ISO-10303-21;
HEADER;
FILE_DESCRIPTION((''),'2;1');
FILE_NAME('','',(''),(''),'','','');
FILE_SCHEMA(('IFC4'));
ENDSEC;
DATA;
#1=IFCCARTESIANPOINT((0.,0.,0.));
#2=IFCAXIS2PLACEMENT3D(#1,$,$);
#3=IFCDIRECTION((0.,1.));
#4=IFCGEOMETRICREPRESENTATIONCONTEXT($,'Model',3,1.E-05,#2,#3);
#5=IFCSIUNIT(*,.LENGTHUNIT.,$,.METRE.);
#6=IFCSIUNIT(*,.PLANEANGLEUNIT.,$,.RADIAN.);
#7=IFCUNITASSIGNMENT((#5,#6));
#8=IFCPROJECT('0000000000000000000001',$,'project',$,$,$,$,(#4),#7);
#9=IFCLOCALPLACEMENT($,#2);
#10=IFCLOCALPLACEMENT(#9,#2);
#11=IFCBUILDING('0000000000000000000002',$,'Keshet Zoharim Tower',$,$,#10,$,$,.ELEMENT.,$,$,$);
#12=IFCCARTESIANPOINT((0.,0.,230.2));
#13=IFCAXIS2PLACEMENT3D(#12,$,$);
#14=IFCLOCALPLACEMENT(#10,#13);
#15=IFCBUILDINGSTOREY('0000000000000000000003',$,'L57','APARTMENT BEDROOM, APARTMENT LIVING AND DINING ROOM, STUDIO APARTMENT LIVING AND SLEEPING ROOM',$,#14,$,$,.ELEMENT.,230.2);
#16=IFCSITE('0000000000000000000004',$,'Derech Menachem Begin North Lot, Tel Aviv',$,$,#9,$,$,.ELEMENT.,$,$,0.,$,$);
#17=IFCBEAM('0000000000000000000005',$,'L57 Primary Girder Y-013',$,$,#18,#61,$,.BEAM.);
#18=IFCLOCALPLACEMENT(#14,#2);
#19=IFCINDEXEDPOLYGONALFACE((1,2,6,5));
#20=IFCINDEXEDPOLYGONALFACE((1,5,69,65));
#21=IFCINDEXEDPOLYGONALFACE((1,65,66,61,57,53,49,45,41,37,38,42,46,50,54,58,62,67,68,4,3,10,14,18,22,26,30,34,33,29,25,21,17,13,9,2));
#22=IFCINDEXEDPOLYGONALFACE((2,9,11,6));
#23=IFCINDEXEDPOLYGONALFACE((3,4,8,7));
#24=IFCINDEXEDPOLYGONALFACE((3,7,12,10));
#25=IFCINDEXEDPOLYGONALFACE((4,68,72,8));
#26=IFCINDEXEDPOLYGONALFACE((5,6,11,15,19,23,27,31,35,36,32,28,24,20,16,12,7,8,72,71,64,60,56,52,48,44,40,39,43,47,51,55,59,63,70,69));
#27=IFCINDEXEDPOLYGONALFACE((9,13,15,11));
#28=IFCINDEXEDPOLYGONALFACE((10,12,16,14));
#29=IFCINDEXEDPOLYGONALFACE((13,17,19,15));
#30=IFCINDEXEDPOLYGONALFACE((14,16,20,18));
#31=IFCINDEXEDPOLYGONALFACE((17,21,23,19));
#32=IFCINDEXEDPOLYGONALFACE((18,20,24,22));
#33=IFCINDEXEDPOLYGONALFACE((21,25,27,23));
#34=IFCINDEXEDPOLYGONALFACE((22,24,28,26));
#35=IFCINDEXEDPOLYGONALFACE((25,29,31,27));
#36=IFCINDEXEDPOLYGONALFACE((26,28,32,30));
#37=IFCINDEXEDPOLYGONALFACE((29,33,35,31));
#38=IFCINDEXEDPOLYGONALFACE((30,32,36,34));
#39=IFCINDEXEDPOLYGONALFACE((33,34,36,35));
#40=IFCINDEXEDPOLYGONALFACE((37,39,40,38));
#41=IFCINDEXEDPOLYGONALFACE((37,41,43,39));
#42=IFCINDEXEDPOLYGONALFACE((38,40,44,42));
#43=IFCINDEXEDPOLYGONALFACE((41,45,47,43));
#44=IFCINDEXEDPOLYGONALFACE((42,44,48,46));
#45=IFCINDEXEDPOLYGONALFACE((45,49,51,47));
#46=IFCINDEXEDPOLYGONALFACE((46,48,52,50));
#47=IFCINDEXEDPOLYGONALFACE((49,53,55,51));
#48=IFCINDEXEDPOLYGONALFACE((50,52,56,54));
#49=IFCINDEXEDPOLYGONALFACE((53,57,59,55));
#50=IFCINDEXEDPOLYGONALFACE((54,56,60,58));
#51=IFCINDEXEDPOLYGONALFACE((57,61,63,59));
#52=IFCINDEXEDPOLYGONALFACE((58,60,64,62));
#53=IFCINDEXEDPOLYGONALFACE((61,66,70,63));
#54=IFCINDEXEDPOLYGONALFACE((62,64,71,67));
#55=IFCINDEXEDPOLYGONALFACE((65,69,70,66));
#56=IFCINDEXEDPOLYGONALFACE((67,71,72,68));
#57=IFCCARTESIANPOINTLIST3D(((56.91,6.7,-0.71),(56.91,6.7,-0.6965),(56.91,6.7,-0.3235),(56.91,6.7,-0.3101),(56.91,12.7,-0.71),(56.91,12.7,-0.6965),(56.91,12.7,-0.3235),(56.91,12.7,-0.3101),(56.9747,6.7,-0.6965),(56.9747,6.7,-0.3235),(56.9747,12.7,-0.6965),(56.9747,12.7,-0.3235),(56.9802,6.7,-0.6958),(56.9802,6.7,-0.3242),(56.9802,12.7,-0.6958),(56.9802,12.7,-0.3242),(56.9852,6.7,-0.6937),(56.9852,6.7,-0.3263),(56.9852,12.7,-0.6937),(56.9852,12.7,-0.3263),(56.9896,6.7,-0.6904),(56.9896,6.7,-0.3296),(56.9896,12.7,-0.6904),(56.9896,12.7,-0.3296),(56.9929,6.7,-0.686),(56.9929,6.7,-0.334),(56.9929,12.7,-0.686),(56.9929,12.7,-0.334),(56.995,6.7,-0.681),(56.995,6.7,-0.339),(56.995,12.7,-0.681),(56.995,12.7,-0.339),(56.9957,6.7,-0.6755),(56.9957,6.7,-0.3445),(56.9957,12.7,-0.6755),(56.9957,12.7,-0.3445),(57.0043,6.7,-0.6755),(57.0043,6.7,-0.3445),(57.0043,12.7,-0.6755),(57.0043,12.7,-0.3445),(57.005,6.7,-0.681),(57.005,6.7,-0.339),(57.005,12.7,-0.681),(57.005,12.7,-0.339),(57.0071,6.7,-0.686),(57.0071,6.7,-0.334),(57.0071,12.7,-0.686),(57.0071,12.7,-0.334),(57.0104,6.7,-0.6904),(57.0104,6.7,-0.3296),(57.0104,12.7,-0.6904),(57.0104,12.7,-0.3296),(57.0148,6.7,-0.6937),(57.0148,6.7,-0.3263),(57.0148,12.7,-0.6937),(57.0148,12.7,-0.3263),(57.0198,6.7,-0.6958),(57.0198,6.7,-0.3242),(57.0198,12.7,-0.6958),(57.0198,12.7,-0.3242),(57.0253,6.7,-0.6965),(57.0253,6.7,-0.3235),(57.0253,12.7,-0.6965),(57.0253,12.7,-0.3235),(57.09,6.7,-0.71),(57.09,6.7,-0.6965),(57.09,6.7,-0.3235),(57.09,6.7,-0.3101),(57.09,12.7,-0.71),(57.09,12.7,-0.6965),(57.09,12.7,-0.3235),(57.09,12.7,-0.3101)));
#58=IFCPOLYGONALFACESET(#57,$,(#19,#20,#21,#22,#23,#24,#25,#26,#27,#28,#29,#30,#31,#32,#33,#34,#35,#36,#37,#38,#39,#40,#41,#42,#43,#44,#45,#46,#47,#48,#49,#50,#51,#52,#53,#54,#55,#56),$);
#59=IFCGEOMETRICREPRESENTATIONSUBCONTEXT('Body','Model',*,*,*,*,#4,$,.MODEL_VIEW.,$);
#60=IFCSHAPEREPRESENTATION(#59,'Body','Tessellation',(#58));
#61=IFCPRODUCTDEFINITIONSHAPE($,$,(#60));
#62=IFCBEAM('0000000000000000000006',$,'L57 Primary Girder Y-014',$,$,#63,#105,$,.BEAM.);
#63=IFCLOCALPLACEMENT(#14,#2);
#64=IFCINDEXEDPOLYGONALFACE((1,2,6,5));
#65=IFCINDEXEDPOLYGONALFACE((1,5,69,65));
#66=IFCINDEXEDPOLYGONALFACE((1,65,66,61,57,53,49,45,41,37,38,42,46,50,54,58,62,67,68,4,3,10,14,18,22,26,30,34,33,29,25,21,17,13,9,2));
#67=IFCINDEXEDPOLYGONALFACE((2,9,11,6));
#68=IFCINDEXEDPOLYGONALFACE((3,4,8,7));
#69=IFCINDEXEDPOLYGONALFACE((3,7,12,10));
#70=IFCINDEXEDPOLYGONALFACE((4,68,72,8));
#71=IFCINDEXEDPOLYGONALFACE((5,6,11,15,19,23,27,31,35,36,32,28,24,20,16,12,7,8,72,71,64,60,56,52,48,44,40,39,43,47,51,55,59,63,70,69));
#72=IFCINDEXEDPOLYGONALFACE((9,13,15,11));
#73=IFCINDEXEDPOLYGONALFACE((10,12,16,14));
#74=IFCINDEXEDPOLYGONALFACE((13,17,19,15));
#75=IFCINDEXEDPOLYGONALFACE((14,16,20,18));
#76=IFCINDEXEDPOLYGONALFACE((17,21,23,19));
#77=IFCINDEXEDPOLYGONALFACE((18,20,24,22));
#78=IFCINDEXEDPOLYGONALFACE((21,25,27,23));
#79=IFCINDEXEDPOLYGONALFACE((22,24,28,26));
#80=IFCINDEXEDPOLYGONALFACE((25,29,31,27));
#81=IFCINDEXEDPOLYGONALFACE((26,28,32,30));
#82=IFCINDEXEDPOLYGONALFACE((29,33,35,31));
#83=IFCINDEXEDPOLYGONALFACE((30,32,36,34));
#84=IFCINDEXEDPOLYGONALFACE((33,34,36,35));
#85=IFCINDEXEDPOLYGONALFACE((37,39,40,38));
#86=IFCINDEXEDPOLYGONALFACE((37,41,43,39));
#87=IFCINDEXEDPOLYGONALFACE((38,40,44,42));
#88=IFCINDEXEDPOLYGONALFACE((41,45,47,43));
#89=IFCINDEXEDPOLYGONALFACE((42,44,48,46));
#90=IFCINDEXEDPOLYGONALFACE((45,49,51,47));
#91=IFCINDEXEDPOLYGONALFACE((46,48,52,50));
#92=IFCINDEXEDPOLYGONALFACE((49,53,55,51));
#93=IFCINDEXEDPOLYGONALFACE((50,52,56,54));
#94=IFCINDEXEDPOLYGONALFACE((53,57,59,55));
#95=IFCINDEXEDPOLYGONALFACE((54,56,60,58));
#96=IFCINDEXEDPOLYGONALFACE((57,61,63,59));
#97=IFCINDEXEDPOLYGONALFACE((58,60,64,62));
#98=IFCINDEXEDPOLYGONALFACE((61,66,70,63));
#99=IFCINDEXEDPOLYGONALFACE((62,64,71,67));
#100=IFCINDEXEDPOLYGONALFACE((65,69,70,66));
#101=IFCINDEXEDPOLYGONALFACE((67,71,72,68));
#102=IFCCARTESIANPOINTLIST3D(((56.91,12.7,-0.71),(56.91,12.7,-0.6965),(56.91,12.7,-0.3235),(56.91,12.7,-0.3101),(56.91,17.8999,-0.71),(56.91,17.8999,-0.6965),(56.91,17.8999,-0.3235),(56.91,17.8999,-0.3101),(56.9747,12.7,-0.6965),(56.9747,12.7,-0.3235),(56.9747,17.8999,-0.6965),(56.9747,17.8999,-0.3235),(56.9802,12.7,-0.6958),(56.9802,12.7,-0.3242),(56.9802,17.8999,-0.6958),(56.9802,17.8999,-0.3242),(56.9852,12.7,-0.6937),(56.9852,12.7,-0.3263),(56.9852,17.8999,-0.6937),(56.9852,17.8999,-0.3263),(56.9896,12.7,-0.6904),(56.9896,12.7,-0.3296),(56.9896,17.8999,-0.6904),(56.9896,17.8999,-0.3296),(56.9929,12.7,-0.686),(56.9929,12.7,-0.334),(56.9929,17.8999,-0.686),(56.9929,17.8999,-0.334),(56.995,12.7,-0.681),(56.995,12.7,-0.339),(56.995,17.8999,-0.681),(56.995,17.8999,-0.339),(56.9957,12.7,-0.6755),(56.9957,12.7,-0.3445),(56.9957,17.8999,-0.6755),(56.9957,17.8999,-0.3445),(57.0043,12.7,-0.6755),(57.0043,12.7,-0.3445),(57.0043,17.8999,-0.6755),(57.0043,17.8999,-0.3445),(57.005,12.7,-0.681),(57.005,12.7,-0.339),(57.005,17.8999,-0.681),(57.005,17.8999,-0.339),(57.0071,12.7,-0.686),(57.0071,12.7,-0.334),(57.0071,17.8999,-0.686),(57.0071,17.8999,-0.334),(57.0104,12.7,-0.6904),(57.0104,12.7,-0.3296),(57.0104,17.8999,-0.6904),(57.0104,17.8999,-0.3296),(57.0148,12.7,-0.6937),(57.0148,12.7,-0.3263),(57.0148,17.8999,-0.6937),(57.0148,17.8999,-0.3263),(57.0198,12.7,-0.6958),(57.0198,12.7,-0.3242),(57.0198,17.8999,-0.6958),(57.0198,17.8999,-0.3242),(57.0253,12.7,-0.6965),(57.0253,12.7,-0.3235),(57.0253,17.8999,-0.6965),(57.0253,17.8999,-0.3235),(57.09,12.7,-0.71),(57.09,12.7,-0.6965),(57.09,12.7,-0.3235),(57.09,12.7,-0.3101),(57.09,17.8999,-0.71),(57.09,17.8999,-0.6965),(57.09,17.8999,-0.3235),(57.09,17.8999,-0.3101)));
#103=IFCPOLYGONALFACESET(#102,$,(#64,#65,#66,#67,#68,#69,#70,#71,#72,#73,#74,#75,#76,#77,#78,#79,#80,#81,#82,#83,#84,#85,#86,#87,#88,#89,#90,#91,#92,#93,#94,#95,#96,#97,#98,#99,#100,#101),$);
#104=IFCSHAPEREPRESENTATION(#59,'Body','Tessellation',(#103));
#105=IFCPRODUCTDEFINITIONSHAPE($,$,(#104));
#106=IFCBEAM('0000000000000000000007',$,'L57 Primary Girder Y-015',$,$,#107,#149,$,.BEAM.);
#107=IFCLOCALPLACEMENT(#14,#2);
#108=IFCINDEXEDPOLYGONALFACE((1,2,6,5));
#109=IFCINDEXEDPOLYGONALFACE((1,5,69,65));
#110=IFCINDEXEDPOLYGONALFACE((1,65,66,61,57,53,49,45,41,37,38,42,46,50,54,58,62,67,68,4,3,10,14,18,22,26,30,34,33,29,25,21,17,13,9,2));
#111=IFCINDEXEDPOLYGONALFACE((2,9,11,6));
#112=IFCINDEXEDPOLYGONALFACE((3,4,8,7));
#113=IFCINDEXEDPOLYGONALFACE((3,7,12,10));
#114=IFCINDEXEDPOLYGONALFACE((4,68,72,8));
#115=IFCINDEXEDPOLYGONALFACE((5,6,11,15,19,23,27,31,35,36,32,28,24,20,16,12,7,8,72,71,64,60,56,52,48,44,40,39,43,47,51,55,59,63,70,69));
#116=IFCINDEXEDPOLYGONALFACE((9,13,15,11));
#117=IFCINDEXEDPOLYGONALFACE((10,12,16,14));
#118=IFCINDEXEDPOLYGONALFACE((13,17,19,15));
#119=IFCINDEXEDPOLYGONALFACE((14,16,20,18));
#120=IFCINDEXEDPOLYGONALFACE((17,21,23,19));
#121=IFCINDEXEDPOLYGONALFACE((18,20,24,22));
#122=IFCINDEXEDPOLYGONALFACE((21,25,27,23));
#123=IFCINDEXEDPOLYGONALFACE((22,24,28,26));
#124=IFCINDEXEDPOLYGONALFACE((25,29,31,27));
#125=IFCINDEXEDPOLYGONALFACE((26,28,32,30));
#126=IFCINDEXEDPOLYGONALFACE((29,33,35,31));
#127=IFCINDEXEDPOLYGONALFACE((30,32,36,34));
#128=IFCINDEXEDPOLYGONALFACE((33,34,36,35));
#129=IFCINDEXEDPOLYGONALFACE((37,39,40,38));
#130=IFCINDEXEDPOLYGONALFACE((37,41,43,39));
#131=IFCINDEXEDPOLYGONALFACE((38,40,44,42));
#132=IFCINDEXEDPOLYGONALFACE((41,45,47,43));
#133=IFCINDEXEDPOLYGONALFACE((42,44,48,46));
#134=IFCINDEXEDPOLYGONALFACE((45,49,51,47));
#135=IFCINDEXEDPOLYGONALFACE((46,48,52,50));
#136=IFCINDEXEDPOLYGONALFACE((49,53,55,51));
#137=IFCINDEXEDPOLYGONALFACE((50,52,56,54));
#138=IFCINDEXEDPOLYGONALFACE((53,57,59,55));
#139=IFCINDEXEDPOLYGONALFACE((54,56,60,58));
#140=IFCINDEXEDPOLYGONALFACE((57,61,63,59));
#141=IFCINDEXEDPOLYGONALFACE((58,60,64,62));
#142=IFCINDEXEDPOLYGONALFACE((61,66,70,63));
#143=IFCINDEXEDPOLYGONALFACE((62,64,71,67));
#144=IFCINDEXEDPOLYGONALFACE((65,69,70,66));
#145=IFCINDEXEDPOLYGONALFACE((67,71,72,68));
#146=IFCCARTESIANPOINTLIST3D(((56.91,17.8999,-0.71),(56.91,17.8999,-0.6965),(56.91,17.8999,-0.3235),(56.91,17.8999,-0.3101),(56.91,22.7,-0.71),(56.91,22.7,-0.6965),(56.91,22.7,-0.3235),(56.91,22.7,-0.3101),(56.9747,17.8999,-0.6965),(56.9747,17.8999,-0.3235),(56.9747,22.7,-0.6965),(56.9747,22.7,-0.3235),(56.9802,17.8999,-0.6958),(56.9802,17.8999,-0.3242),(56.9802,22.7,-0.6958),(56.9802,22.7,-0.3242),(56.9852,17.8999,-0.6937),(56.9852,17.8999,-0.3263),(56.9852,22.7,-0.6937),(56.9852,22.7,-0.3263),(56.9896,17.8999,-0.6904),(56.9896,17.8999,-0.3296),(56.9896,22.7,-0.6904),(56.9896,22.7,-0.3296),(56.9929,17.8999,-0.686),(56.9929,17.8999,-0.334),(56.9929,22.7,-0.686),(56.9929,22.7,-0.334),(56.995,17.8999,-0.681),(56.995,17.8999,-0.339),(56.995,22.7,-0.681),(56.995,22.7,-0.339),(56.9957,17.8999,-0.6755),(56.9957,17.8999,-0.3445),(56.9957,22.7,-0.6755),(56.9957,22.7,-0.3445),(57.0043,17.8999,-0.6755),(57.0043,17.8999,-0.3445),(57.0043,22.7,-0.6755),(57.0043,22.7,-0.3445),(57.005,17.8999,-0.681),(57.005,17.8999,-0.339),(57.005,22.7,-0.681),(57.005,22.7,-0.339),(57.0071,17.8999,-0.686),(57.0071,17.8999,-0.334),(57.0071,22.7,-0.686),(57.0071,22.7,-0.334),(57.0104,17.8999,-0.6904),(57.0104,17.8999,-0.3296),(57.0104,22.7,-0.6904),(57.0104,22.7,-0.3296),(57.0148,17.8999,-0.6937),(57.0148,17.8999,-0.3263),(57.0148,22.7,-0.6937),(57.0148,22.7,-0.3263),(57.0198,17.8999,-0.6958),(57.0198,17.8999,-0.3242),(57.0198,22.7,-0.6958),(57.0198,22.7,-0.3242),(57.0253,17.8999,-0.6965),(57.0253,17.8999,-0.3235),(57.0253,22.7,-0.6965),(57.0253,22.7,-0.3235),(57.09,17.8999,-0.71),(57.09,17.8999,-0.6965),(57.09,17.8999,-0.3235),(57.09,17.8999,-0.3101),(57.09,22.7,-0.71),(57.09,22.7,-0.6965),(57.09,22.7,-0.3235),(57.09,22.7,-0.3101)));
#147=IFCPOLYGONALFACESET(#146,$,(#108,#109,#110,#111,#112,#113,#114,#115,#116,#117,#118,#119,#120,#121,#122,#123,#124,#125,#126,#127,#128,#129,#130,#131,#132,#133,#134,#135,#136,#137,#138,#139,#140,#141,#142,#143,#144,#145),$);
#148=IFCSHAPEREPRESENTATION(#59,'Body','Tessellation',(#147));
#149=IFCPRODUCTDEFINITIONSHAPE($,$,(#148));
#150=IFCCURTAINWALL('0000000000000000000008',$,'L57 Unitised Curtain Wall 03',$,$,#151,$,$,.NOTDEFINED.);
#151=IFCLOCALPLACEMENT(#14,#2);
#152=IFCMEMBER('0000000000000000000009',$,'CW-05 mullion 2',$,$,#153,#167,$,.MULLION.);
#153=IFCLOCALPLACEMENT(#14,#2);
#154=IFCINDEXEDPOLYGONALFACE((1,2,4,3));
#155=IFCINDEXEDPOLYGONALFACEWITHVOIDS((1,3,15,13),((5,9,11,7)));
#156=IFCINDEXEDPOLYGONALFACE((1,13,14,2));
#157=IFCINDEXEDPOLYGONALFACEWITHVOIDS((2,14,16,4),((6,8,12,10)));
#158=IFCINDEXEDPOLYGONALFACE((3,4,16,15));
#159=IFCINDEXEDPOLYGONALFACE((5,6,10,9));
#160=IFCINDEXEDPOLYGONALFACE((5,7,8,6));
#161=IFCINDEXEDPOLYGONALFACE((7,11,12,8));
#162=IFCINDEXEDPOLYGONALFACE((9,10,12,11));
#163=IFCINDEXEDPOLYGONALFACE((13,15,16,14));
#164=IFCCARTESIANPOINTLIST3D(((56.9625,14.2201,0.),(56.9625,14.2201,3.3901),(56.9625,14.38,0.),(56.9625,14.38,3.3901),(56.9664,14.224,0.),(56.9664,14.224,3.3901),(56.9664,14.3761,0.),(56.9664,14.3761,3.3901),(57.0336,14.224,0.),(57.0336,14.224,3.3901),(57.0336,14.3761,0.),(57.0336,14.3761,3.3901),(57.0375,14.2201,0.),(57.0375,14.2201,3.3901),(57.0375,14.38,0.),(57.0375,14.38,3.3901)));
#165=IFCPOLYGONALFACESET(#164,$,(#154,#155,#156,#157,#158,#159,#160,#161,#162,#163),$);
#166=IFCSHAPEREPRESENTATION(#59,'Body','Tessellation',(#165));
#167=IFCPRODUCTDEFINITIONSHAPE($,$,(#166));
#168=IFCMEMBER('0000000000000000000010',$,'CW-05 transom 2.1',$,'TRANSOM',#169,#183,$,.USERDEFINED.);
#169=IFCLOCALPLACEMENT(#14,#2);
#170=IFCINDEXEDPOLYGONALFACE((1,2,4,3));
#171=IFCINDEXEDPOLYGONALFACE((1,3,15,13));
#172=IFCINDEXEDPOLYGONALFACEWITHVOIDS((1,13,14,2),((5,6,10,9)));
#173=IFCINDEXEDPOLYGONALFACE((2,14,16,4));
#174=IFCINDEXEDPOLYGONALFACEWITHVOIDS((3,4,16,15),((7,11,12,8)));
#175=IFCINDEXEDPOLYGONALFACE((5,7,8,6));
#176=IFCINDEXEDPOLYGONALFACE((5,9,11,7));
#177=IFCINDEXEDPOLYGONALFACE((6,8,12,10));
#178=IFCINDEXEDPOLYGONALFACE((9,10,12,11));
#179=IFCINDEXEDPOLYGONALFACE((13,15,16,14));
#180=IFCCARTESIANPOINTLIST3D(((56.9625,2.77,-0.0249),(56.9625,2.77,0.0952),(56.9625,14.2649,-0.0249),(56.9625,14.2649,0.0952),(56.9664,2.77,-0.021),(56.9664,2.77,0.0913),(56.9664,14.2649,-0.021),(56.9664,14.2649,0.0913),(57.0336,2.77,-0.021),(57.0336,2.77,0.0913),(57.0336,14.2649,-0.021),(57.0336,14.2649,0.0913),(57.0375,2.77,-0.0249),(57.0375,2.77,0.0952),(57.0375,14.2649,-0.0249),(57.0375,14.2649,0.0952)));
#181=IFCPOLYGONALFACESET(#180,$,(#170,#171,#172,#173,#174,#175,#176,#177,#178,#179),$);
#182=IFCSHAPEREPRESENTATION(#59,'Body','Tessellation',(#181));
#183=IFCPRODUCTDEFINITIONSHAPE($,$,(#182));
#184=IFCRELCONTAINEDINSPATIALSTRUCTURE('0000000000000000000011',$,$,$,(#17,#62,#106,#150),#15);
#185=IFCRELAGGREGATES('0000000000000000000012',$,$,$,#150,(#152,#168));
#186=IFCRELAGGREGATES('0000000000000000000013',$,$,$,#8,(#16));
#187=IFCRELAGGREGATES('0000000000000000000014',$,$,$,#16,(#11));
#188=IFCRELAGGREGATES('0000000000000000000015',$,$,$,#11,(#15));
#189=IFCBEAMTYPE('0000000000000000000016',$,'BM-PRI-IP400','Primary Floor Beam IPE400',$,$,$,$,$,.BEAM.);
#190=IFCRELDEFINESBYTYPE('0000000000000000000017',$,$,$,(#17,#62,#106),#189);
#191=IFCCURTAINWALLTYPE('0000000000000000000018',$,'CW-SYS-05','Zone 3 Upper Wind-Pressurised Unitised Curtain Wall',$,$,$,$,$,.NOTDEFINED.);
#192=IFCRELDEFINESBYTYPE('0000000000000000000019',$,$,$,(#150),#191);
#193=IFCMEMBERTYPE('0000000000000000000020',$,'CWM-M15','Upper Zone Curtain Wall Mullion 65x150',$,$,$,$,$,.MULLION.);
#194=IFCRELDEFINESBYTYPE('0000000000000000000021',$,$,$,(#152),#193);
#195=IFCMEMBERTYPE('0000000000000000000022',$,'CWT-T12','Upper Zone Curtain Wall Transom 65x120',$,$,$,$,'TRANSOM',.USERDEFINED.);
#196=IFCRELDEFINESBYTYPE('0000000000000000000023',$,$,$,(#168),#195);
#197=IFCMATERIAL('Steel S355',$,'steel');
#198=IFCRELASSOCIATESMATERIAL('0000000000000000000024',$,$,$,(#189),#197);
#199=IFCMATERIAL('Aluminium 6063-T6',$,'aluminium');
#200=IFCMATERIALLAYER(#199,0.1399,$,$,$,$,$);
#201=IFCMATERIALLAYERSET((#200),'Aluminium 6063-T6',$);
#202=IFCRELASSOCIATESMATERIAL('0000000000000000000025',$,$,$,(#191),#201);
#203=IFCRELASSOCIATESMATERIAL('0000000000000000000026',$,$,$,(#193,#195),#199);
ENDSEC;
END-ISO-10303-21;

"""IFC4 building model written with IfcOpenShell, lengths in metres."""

from ifc_helpers import new_model, si_unit, direction, frame, origin, origin_2d, place, context, subcontext, project, spatial, hollow_rectangle, i_section, extrude, material, layer, layer_set, material_profile, profile_set, type_object, element, aggregate, save


model = new_model("IFC4")

# Units and contexts
model_context = context("Model", 3, precision=1e-05, world=origin(), true_north=direction((0.0, 1.0)))
body_context = subcontext(model_context, "Body", "Model", "MODEL_VIEW")
ifc_project = project(units=[si_unit("LENGTHUNIT", "METRE"), si_unit("PLANEANGLEUNIT", "RADIAN")], contexts=[model_context])

# Site, building, storey
site_placement = place(None, origin())
site = spatial("IfcSite", under=ifc_project, at=site_placement, Name="Derech Menachem Begin North Lot, Tel Aviv", CompositionType="ELEMENT", RefElevation=0.0)
building_placement = place(site_placement, origin())
building = spatial("IfcBuilding", under=site, at=building_placement, Name="Keshet Zoharim Tower", CompositionType="ELEMENT")
storey_placement = place(building_placement, frame((0.0, 0.0, 230.2)))
storey = spatial("IfcBuildingStorey", under=building, at=storey_placement, Name="L57", Description="APARTMENT BEDROOM, APARTMENT LIVING AND DINING ROOM, STUDIO APARTMENT LIVING AND SLEEPING ROOM", CompositionType="ELEMENT", Elevation=230.2)

# Shared definitions
ifc_material_1 = material(Name="Steel S355", Category="steel")

# Beams
ifc_material_profile_1 = material_profile(ifc_material_1, i_section(OverallWidth=0.1799, OverallDepth=0.3999, WebThickness=0.0085, FlangeThickness=0.0134, FilletRadius=0.021, at=origin_2d()), Name="IPE400")
ifc_profile_set_1 = profile_set([ifc_material_profile_1], Name="Steel S355")
beam_type = type_object("IfcBeamType", Name="BM-PRI-IP400", Description="Primary Floor Beam IPE400", PredefinedType="BEAM", material=ifc_profile_set_1)
beam_1_placement = place(storey_placement, frame((57.0, 6.7, -0.51), z_axis=(0.0, 1.0, 0.0), x_axis=(-1.0, 0.0, 0.0)))
element("IfcBeam", 1, at=beam_1_placement, inside=storey, type_object=beam_type, Name="L57 Primary Girder Y-013", PredefinedType="BEAM", context=body_context, shape_type="SweptSolid", body=[
    extrude(i_section(OverallWidth=0.1799, OverallDepth=0.3999, WebThickness=0.0085, FlangeThickness=0.0134, FilletRadius=0.021, at=origin_2d()), origin(), (0.0, 0.0, 1.0), 6.0),
])
beam_2_placement = place(storey_placement, frame((57.0, 12.7, -0.51), z_axis=(0.0, 1.0, 0.0), x_axis=(-1.0, 0.0, 0.0)))
element("IfcBeam", 2, at=beam_2_placement, inside=storey, type_object=beam_type, Name="L57 Primary Girder Y-014", PredefinedType="BEAM", context=body_context, shape_type="SweptSolid", body=[
    extrude(i_section(OverallWidth=0.1799, OverallDepth=0.3999, WebThickness=0.0085, FlangeThickness=0.0134, FilletRadius=0.021, at=origin_2d()), origin(), (0.0, 0.0, 1.0), 5.2),
])
beam_3_placement = place(storey_placement, frame((57.0, 17.8999, -0.51), z_axis=(0.0, 1.0, 0.0), x_axis=(-1.0, 0.0, 0.0)))
element("IfcBeam", 3, at=beam_3_placement, inside=storey, type_object=beam_type, Name="L57 Primary Girder Y-015", PredefinedType="BEAM", context=body_context, shape_type="SweptSolid", body=[
    extrude(i_section(OverallWidth=0.1799, OverallDepth=0.3999, WebThickness=0.0085, FlangeThickness=0.0134, FilletRadius=0.021, at=origin_2d()), origin(), (0.0, 0.0, 1.0), 4.8),
])

# Curtain wall, members
ifc_material_2 = material(Name="Aluminium 6063-T6", Category="aluminium")
ifc_layer_1 = layer(ifc_material_2, 0.1399)
ifc_layer_set_1 = layer_set([ifc_layer_1], Name="Aluminium 6063-T6")
curtain_wall_type = type_object("IfcCurtainWallType", Name="CW-SYS-05", Description="Zone 3 Upper Wind-Pressurised Unitised Curtain Wall", PredefinedType="NOTDEFINED", material=ifc_layer_set_1)
curtain_wall_placement = place(storey_placement, origin())
curtain_wall = element("IfcCurtainWall", 4, at=curtain_wall_placement, inside=storey, type_object=curtain_wall_type, Name="L57 Unitised Curtain Wall 03", PredefinedType="NOTDEFINED")
ifc_material_profile_2 = material_profile(ifc_material_2, hollow_rectangle(XDim=0.075, YDim=0.1599, WallThickness=0.0039, at=origin_2d()), Name="MUL-75x160")
ifc_profile_set_2 = profile_set([ifc_material_profile_2], Name="Aluminium 6063-T6")
member_type_1 = type_object("IfcMemberType", Name="CWM-M15", Description="Upper Zone Curtain Wall Mullion 65x150", PredefinedType="MULLION", material=ifc_profile_set_2)
member_1_placement = place(storey_placement, frame((57.0, 14.3, 0.0), z_axis=(0.0, 0.0, 1.0), x_axis=(1.0, 0.0, 0.0)))
member_1 = element("IfcMember", 5, at=member_1_placement, type_object=member_type_1, Name="CW-05 mullion 2", PredefinedType="MULLION", context=body_context, shape_type="SweptSolid", body=[
    extrude(hollow_rectangle(XDim=0.075, YDim=0.1599, WallThickness=0.0039, at=origin_2d()), origin(), (0.0, 0.0, 1.0), 3.3901),
])
ifc_material_profile_3 = material_profile(ifc_material_2, hollow_rectangle(XDim=0.075, YDim=0.1201, WallThickness=0.0039, at=origin_2d()), Name="TRN-75x120")
ifc_profile_set_3 = profile_set([ifc_material_profile_3], Name="Aluminium 6063-T6")
member_type_2 = type_object("IfcMemberType", Name="CWT-T12", Description="Upper Zone Curtain Wall Transom 65x120", ElementType="TRANSOM", PredefinedType="USERDEFINED", material=ifc_profile_set_3)
member_2_placement = place(storey_placement, frame((57.0, 14.2649, 0.0352), z_axis=(0.0, -1.0, 0.0), x_axis=(1.0, 0.0, 0.0)))
member_2 = element("IfcMember", 6, at=member_2_placement, type_object=member_type_2, Name="CW-05 transom 2.1", ObjectType="TRANSOM", PredefinedType="USERDEFINED", context=body_context, shape_type="SweptSolid", body=[
    extrude(hollow_rectangle(XDim=0.075, YDim=0.1201, WallThickness=0.0039, at=origin_2d()), origin(), (0.0, 0.0, 1.0), 11.4949),
])
aggregate(curtain_wall, [member_1, member_2])

save(model, "model.ifc")
